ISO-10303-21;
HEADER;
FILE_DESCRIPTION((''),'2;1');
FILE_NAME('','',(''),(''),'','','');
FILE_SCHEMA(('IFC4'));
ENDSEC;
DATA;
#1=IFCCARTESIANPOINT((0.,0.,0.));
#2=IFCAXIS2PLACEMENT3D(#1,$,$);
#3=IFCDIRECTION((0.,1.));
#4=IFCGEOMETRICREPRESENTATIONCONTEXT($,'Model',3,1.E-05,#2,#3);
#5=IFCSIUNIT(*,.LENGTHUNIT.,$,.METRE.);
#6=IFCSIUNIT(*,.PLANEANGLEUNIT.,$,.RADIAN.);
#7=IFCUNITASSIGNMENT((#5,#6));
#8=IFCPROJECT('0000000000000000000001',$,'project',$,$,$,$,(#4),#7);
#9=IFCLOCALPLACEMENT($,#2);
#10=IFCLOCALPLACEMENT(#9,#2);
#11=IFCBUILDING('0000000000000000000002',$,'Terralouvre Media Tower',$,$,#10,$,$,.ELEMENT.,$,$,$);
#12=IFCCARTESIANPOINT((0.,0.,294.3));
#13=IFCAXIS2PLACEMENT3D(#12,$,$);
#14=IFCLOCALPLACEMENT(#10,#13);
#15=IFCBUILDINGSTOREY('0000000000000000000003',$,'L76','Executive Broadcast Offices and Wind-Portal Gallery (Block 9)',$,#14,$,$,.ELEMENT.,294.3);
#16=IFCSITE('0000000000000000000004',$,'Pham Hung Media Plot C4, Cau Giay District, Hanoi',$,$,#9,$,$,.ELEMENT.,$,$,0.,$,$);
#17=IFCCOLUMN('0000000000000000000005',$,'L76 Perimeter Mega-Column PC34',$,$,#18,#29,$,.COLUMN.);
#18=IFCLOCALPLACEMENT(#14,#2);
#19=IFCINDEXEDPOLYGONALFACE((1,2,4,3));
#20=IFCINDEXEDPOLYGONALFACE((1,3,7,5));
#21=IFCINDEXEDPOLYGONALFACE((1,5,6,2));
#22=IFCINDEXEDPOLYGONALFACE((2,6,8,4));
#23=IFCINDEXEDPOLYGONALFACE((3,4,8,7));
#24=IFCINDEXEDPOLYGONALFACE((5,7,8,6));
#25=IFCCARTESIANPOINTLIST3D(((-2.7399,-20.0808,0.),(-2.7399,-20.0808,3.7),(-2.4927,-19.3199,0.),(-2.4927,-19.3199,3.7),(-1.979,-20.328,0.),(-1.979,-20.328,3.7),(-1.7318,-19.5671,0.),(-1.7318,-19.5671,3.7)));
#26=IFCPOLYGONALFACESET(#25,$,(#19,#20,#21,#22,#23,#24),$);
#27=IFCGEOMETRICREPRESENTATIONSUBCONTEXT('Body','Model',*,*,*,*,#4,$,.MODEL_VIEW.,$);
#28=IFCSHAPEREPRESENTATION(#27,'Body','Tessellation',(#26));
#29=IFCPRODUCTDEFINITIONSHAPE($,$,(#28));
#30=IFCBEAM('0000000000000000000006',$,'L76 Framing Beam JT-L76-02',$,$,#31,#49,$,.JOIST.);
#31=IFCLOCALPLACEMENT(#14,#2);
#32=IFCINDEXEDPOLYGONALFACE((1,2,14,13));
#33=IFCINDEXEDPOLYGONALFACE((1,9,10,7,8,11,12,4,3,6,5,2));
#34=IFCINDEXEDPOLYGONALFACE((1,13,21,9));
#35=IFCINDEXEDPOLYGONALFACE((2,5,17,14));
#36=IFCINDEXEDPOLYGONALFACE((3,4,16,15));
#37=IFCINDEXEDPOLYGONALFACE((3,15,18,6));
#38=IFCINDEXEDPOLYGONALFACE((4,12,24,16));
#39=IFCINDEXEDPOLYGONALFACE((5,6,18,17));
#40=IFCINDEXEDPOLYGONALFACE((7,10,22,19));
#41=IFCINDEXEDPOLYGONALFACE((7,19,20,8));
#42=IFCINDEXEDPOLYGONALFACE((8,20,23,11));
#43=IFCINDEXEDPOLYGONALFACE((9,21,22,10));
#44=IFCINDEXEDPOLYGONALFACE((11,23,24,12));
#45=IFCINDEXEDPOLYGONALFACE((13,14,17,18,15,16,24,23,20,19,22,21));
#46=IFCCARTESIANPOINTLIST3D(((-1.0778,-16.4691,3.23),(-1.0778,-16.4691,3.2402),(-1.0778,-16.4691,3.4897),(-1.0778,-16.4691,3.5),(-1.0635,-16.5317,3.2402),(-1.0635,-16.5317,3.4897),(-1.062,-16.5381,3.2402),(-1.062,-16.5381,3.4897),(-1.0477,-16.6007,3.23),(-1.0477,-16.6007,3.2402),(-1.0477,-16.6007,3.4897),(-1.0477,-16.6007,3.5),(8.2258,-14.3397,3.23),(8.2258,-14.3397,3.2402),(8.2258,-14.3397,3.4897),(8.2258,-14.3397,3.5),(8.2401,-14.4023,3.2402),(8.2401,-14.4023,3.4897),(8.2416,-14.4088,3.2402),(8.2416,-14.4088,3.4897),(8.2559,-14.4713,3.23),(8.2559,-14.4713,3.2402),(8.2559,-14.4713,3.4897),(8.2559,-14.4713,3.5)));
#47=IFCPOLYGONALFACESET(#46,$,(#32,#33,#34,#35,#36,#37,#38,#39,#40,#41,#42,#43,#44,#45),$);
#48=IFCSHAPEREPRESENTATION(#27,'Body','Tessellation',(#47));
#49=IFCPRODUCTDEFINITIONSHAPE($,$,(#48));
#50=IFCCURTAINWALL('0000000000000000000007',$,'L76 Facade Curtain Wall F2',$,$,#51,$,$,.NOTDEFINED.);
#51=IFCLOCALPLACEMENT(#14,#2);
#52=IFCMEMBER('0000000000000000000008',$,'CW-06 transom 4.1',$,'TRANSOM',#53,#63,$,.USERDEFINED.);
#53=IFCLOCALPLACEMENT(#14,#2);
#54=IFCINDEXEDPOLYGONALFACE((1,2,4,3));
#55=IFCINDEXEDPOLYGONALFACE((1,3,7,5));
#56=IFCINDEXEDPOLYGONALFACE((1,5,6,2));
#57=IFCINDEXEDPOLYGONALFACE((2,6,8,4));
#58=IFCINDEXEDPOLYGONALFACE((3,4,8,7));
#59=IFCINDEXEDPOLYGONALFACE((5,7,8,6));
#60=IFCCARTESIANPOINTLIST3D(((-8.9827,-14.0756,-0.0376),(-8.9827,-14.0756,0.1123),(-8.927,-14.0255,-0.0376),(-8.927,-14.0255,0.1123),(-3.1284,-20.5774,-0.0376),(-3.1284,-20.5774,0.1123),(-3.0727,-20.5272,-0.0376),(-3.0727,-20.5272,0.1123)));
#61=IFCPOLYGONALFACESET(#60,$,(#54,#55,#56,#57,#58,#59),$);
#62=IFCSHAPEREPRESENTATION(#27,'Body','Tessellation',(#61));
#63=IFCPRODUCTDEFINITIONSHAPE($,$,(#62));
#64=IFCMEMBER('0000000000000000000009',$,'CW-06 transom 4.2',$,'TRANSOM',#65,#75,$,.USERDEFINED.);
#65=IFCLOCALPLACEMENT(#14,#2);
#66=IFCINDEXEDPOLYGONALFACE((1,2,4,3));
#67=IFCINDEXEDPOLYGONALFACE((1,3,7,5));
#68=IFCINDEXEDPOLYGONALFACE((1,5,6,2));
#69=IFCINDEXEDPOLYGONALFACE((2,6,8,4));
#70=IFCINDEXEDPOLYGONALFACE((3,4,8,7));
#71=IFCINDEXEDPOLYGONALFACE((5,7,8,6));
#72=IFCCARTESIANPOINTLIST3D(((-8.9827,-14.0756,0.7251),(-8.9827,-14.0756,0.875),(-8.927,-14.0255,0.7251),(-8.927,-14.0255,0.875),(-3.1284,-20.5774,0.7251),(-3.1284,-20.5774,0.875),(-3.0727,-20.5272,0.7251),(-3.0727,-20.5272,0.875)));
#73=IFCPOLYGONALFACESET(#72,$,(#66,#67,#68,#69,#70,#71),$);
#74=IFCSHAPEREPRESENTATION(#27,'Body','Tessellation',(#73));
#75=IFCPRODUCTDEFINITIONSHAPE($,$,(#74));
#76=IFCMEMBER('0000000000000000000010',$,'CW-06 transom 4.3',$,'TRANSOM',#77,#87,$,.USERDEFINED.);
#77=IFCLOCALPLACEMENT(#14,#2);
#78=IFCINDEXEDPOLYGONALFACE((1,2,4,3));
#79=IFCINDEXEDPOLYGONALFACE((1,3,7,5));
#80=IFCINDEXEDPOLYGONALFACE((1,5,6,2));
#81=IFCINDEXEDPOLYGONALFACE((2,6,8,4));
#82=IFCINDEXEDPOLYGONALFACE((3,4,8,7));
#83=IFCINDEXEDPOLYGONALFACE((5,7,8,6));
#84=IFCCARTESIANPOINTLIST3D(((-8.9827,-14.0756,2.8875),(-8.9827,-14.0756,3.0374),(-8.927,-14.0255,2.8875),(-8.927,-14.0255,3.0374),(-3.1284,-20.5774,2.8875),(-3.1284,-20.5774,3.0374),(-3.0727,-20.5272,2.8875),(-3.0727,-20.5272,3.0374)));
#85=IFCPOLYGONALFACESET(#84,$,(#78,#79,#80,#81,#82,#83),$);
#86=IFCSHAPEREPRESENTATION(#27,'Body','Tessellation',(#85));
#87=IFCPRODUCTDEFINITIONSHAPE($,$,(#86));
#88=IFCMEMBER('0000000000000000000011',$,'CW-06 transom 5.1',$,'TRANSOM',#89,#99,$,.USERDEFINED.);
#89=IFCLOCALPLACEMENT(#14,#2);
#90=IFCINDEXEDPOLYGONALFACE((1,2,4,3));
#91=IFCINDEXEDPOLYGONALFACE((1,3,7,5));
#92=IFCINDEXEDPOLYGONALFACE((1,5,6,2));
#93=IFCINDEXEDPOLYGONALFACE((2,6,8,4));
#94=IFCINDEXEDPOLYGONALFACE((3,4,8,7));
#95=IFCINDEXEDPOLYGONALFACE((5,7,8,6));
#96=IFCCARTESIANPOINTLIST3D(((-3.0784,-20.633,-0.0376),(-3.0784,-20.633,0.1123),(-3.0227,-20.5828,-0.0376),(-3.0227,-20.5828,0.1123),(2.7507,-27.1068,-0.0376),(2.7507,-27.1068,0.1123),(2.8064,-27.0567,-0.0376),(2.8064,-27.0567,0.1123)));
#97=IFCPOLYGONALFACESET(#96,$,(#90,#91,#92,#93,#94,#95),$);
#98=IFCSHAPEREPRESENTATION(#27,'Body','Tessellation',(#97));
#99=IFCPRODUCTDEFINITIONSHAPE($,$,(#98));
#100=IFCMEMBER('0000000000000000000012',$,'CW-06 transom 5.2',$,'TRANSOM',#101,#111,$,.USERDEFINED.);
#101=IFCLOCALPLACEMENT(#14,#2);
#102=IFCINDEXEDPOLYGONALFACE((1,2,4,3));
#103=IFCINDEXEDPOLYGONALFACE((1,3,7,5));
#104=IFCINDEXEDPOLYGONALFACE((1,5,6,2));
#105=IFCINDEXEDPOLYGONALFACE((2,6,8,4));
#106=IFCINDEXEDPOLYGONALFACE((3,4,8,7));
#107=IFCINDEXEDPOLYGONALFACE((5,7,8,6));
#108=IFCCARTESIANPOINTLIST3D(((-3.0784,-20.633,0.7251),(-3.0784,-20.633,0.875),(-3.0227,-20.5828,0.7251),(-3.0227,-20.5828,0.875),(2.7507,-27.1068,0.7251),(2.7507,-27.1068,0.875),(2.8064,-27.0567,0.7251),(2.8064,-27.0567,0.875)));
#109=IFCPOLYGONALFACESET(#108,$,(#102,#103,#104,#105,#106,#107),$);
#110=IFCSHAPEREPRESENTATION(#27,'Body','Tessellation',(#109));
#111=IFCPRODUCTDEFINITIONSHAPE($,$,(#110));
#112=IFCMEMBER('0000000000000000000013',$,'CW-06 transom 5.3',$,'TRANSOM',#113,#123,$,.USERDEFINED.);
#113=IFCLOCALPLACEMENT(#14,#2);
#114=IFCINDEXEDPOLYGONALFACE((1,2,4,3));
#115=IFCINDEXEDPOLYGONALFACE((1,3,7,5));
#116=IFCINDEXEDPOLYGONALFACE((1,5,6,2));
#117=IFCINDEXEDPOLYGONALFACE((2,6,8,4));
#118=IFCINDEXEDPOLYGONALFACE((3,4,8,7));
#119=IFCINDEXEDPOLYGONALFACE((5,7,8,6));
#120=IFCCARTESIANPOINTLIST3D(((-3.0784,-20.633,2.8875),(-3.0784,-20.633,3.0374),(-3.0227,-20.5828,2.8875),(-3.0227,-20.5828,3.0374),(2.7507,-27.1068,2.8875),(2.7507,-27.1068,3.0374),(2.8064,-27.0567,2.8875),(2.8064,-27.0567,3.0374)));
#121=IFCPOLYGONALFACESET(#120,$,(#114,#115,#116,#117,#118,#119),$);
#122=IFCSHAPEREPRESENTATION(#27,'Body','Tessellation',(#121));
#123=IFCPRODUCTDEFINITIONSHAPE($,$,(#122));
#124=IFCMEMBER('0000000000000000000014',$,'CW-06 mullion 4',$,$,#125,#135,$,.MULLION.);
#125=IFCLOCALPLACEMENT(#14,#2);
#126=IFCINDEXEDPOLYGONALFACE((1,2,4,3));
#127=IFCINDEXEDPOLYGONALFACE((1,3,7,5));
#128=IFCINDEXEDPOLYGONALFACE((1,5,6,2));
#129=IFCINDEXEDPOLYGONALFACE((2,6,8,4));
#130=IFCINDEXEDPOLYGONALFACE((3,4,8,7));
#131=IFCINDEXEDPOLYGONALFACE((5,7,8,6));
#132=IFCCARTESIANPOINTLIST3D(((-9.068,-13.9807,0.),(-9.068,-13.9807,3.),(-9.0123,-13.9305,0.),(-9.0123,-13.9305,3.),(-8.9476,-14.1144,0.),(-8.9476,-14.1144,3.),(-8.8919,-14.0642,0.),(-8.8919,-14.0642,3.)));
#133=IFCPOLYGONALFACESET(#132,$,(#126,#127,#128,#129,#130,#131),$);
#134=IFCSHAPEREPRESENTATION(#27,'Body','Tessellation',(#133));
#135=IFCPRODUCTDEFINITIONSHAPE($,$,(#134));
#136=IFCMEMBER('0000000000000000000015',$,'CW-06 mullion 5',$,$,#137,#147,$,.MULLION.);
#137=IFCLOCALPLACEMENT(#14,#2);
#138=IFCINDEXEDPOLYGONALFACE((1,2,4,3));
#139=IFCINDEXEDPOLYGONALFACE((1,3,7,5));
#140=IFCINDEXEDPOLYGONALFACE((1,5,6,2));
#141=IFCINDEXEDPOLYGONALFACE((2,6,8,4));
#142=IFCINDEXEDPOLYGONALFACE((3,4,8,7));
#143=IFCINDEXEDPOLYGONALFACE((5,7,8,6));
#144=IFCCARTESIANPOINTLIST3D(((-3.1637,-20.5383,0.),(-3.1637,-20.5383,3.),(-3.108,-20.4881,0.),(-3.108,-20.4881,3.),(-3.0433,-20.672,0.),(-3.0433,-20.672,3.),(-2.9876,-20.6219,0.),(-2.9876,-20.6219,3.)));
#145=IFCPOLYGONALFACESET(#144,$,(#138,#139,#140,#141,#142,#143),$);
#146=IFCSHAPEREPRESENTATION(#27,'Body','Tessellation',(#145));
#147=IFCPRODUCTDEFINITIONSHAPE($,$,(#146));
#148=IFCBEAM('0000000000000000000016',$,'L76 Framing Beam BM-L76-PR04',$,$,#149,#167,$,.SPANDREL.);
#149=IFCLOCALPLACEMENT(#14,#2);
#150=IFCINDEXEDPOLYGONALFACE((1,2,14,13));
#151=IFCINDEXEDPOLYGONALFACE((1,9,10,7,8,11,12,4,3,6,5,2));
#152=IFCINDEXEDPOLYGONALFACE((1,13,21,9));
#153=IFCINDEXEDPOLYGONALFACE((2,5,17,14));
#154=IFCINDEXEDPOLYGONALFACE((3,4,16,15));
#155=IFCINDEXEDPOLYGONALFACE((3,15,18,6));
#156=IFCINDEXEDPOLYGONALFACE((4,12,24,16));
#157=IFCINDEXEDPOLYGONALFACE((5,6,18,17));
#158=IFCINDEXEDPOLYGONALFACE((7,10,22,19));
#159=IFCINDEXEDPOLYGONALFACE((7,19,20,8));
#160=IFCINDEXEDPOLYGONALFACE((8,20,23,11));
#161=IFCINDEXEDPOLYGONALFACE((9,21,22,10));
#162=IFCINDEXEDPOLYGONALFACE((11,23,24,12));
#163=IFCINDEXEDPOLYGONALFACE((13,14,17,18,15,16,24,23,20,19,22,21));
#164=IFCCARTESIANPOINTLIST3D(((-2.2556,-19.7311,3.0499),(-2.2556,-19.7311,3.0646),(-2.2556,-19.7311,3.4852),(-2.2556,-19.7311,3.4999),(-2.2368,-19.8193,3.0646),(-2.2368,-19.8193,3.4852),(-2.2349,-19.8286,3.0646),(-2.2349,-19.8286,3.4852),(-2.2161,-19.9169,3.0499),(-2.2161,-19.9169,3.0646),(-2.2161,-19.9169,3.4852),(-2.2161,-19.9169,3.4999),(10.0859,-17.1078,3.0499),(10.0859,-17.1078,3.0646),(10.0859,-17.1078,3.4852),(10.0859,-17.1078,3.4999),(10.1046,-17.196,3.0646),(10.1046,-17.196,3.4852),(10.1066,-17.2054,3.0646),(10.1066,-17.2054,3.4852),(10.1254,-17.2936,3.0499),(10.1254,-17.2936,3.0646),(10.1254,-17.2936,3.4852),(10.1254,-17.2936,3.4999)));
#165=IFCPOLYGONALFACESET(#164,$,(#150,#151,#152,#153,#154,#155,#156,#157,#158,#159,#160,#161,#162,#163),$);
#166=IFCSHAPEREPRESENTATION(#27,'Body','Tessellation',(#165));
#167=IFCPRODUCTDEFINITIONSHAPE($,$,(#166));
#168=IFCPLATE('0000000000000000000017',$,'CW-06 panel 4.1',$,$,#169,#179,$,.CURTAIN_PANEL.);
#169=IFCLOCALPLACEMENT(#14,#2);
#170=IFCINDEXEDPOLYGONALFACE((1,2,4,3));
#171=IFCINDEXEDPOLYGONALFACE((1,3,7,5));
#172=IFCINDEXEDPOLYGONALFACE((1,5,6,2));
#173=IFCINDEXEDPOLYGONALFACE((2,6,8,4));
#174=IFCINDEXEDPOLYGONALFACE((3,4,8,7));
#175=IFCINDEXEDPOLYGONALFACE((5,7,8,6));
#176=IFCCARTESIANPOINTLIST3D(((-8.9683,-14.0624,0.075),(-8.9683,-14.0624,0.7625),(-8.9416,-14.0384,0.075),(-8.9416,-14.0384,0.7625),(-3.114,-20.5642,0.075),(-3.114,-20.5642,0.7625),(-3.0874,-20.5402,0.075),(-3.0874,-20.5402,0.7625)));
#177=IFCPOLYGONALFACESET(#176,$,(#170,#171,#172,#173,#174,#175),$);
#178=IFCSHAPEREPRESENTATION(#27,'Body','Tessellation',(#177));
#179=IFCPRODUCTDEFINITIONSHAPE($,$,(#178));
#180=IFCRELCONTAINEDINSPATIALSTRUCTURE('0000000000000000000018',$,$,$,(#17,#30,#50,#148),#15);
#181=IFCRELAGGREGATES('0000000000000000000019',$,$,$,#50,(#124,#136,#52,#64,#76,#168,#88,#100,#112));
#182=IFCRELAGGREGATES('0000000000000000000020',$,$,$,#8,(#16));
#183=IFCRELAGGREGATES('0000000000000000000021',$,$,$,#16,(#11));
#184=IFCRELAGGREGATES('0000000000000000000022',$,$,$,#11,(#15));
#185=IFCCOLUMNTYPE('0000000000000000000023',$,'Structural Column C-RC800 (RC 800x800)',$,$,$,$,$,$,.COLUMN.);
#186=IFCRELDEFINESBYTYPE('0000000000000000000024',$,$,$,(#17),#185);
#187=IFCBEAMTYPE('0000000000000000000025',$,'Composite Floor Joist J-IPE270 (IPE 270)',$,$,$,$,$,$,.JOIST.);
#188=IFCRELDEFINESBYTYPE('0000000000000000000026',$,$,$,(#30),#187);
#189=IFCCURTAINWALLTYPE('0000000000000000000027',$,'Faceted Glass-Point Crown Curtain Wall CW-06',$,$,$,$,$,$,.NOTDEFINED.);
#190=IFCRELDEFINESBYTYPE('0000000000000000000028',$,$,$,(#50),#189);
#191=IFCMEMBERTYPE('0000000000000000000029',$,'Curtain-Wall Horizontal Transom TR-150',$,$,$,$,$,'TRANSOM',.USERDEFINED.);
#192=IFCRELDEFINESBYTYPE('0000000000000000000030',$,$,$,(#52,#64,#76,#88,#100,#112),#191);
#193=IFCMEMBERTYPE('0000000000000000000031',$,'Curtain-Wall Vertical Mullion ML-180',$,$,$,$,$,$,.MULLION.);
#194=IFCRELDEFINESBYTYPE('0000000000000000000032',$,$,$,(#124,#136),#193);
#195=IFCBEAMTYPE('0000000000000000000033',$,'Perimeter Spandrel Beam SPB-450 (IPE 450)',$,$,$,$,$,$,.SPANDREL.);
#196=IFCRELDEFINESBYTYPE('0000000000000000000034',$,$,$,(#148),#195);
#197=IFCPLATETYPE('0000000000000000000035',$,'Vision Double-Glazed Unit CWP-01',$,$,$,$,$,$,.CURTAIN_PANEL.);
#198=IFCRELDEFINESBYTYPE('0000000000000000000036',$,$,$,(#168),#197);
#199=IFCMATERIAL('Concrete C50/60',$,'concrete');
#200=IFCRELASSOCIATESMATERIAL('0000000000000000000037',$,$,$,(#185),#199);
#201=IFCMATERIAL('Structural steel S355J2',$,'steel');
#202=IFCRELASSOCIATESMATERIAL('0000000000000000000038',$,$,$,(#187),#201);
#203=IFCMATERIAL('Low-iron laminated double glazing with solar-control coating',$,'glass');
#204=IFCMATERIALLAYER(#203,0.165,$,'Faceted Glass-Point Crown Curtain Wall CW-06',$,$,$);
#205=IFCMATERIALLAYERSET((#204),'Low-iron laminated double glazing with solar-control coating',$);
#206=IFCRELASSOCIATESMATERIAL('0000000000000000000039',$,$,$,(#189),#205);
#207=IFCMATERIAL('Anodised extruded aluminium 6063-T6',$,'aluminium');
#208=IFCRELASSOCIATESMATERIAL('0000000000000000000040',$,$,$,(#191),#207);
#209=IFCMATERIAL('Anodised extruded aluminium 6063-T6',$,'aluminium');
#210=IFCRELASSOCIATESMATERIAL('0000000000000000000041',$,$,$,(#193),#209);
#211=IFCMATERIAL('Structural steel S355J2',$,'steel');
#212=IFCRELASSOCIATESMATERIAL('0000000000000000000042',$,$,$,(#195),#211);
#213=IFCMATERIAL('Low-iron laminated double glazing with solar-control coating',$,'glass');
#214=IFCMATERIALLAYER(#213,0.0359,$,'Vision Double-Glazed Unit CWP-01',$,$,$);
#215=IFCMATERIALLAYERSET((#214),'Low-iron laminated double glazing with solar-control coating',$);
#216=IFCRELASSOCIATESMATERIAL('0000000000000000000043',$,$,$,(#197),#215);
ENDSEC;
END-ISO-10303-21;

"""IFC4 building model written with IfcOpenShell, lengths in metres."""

from ifc_helpers import new_model, si_unit, direction, frame, origin, origin_2d, place, context, subcontext, project, spatial, rectangle, i_section, extrude, material, layer, layer_set, material_profile, profile_set, type_object, element, aggregate, save


model = new_model("IFC4")

# Units and contexts
model_context = context("Model", 3, precision=1e-05, world=origin(), true_north=direction((0.0, 1.0)))
body_context = subcontext(model_context, "Body", "Model", "MODEL_VIEW")
ifc_project = project(units=[si_unit("LENGTHUNIT", "METRE"), si_unit("PLANEANGLEUNIT", "RADIAN")], contexts=[model_context])

# Site, building, storey
site_placement = place(None, origin())
site = spatial("IfcSite", under=ifc_project, at=site_placement, Name="Pham Hung Media Plot C4, Cau Giay District, Hanoi", CompositionType="ELEMENT", RefElevation=0.0)
building_placement = place(site_placement, origin())
building = spatial("IfcBuilding", under=site, at=building_placement, Name="Terralouvre Media Tower", CompositionType="ELEMENT")
storey_placement = place(building_placement, frame((0.0, 0.0, 294.3)))
storey = spatial("IfcBuildingStorey", under=building, at=storey_placement, Name="L76", Description="Executive Broadcast Offices and Wind-Portal Gallery (Block 9)", CompositionType="ELEMENT", Elevation=294.3)

# Column
ifc_material_1 = material(Name="Concrete C50/60", Category="concrete")
ifc_material_profile_1 = material_profile(ifc_material_1, rectangle(XDim=0.8, YDim=0.8, at=origin_2d()), Name="RC 800x800")
ifc_profile_set_1 = profile_set([ifc_material_profile_1], Name="Concrete C50/60")
column_type = type_object("IfcColumnType", Name="Structural Column C-RC800 (RC 800x800)", PredefinedType="COLUMN", material=ifc_profile_set_1)
column_placement = place(storey_placement, frame((-2.2358, -19.824, 0.0), z_axis=(0.0, 0.0, 1.0), x_axis=(0.309017, 0.951057, 0.0)))
element("IfcColumn", 1, at=column_placement, inside=storey, type_object=column_type, Name="L76 Perimeter Mega-Column PC34", PredefinedType="COLUMN", context=body_context, shape_type="SweptSolid", body=[
    extrude(rectangle(XDim=0.8, YDim=0.8, at=origin_2d()), origin(), (0.0, 0.0, 1.0), 3.7),
])

# Beam
ifc_material_2 = material(Name="Structural steel S355J2", Category="steel")
ifc_material_profile_2 = material_profile(ifc_material_2, i_section(OverallWidth=0.135, OverallDepth=0.27, WebThickness=0.0066, FlangeThickness=0.0103, at=origin_2d()), Name="IPE 270")
ifc_profile_set_2 = profile_set([ifc_material_profile_2], Name="Structural steel S355J2")
beam_type_1 = type_object("IfcBeamType", Name="Composite Floor Joist J-IPE270 (IPE 270)", PredefinedType="JOIST", material=ifc_profile_set_2)
beam_1_placement = place(storey_placement, frame((-1.0627, -16.5349, 3.365), z_axis=(0.974794, 0.223107, 0.0), x_axis=(-0.223107, 0.974794, 0.0)))
element("IfcBeam", 2, at=beam_1_placement, inside=storey, type_object=beam_type_1, Name="L76 Framing Beam JT-L76-02", PredefinedType="JOIST", context=body_context, shape_type="SweptSolid", body=[
    extrude(i_section(OverallWidth=0.135, OverallDepth=0.27, WebThickness=0.0066, FlangeThickness=0.0103, at=origin_2d()), origin(), (0.0, 0.0, 1.0), 9.5442),
])

# Curtain wall, members
ifc_material_3 = material(Name="Low-iron laminated double glazing with solar-control coating", Category="glass")
ifc_layer_1 = layer(ifc_material_3, 0.165, Name="Faceted Glass-Point Crown Curtain Wall CW-06")
ifc_layer_set_1 = layer_set([ifc_layer_1], Name="Low-iron laminated double glazing with solar-control coating")
curtain_wall_type = type_object("IfcCurtainWallType", Name="Faceted Glass-Point Crown Curtain Wall CW-06", PredefinedType="NOTDEFINED", material=ifc_layer_set_1)
curtain_wall_placement = place(storey_placement, origin())
curtain_wall = element("IfcCurtainWall", 3, at=curtain_wall_placement, inside=storey, type_object=curtain_wall_type, Name="L76 Facade Curtain Wall F2", PredefinedType="NOTDEFINED")
ifc_material_4 = material(Name="Anodised extruded aluminium 6063-T6", Category="aluminium")
ifc_material_profile_3 = material_profile(ifc_material_4, rectangle(XDim=0.075, YDim=0.1499, at=origin_2d()), Name="ALU 75x150")
ifc_profile_set_3 = profile_set([ifc_material_profile_3], Name="Anodised extruded aluminium 6063-T6")
member_type_1 = type_object("IfcMemberType", Name="Curtain-Wall Horizontal Transom TR-150", ElementType="TRANSOM", PredefinedType="USERDEFINED", material=ifc_profile_set_3)
member_1_placement = place(storey_placement, frame((-8.9548, -14.0505, 0.0374), z_axis=(0.669136, -0.74314, 0.0), x_axis=(0.74314, 0.669136, 0.0)))
member_1 = element("IfcMember", 4, at=member_1_placement, type_object=member_type_1, Name="CW-06 transom 4.1", ObjectType="TRANSOM", PredefinedType="USERDEFINED", context=body_context, shape_type="SweptSolid", body=[
    extrude(rectangle(XDim=0.075, YDim=0.1499, at=origin_2d()), origin(), (0.0, 0.0, 1.0), 8.749),
])
member_2_placement = place(storey_placement, frame((-8.9548, -14.0505, 0.8), z_axis=(0.669136, -0.74314, 0.0), x_axis=(0.74314, 0.669136, 0.0)))
member_2 = element("IfcMember", 5, at=member_2_placement, type_object=member_type_1, Name="CW-06 transom 4.2", ObjectType="TRANSOM", PredefinedType="USERDEFINED", context=body_context, shape_type="SweptSolid", body=[
    extrude(rectangle(XDim=0.075, YDim=0.1499, at=origin_2d()), origin(), (0.0, 0.0, 1.0), 8.749),
])
member_3_placement = place(storey_placement, frame((-8.9548, -14.0505, 2.9624), z_axis=(0.669136, -0.74314, 0.0), x_axis=(0.74314, 0.669136, 0.0)))
member_3 = element("IfcMember", 6, at=member_3_placement, type_object=member_type_1, Name="CW-06 transom 4.3", ObjectType="TRANSOM", PredefinedType="USERDEFINED", context=body_context, shape_type="SweptSolid", body=[
    extrude(rectangle(XDim=0.075, YDim=0.1499, at=origin_2d()), origin(), (0.0, 0.0, 1.0), 8.749),
])
member_4_placement = place(storey_placement, frame((-3.0505, -20.6079, 0.0374), z_axis=(0.66913, -0.743145, 0.0), x_axis=(0.743145, 0.66913, 0.0)))
member_4 = element("IfcMember", 7, at=member_4_placement, type_object=member_type_1, Name="CW-06 transom 5.1", ObjectType="TRANSOM", PredefinedType="USERDEFINED", context=body_context, shape_type="SweptSolid", body=[
    extrude(rectangle(XDim=0.075, YDim=0.1499, at=origin_2d()), origin(), (0.0, 0.0, 1.0), 8.7114),
])
member_5_placement = place(storey_placement, frame((-3.0505, -20.6079, 0.8), z_axis=(0.66913, -0.743145, 0.0), x_axis=(0.743145, 0.66913, 0.0)))
member_5 = element("IfcMember", 8, at=member_5_placement, type_object=member_type_1, Name="CW-06 transom 5.2", ObjectType="TRANSOM", PredefinedType="USERDEFINED", context=body_context, shape_type="SweptSolid", body=[
    extrude(rectangle(XDim=0.075, YDim=0.1499, at=origin_2d()), origin(), (0.0, 0.0, 1.0), 8.7114),
])
member_6_placement = place(storey_placement, frame((-3.0505, -20.6079, 2.9624), z_axis=(0.66913, -0.743145, 0.0), x_axis=(0.743145, 0.66913, 0.0)))
member_6 = element("IfcMember", 9, at=member_6_placement, type_object=member_type_1, Name="CW-06 transom 5.3", ObjectType="TRANSOM", PredefinedType="USERDEFINED", context=body_context, shape_type="SweptSolid", body=[
    extrude(rectangle(XDim=0.075, YDim=0.1499, at=origin_2d()), origin(), (0.0, 0.0, 1.0), 8.7114),
])
ifc_material_5 = material(Name="Anodised extruded aluminium 6063-T6", Category="aluminium")
ifc_material_profile_4 = material_profile(ifc_material_5, rectangle(XDim=0.075, YDim=0.1799, at=origin_2d()), Name="ALU 75x180")
ifc_profile_set_4 = profile_set([ifc_material_profile_4], Name="Anodised extruded aluminium 6063-T6")
member_type_2 = type_object("IfcMemberType", Name="Curtain-Wall Vertical Mullion ML-180", PredefinedType="MULLION", material=ifc_profile_set_4)
member_7_placement = place(storey_placement, frame((-8.98, -14.0225, 0.0), z_axis=(0.0, 0.0, 1.0), x_axis=(0.743145, 0.669131, 0.0)))
member_7 = element("IfcMember", 10, at=member_7_placement, type_object=member_type_2, Name="CW-06 mullion 4", PredefinedType="MULLION", context=body_context, shape_type="SweptSolid", body=[
    extrude(rectangle(XDim=0.075, YDim=0.1799, at=origin_2d()), origin(), (0.0, 0.0, 1.0), 3.0),
])
member_8_placement = place(storey_placement, frame((-3.0757, -20.5801, 0.0), z_axis=(0.0, 0.0, 1.0), x_axis=(0.743145, 0.669131, 0.0)))
member_8 = element("IfcMember", 11, at=member_8_placement, type_object=member_type_2, Name="CW-06 mullion 5", PredefinedType="MULLION", context=body_context, shape_type="SweptSolid", body=[
    extrude(rectangle(XDim=0.075, YDim=0.1799, at=origin_2d()), origin(), (0.0, 0.0, 1.0), 3.0),
])

# Beam
ifc_material_6 = material(Name="Structural steel S355J2", Category="steel")
ifc_material_profile_5 = material_profile(ifc_material_6, i_section(OverallWidth=0.1899, OverallDepth=0.45, WebThickness=0.0095, FlangeThickness=0.0146, at=origin_2d()), Name="IPE 450")
ifc_profile_set_5 = profile_set([ifc_material_profile_5], Name="Structural steel S355J2")
beam_type_2 = type_object("IfcBeamType", Name="Perimeter Spandrel Beam SPB-450 (IPE 450)", PredefinedType="SPANDREL", material=ifc_profile_set_5)
beam_2_placement = place(storey_placement, frame((-2.2358, -19.824, 3.2749), z_axis=(0.978147, 0.207913, 0.0), x_axis=(-0.207913, 0.978147, 0.0)))
element("IfcBeam", 12, at=beam_2_placement, inside=storey, type_object=beam_type_2, Name="L76 Framing Beam BM-L76-PR04", PredefinedType="SPANDREL", context=body_context, shape_type="SweptSolid", body=[
    extrude(i_section(OverallWidth=0.1899, OverallDepth=0.45, WebThickness=0.0095, FlangeThickness=0.0146, at=origin_2d()), origin(), (0.0, 0.0, 1.0), 12.6172),
])

# Plate
ifc_material_7 = material(Name="Low-iron laminated double glazing with solar-control coating", Category="glass")
ifc_layer_2 = layer(ifc_material_7, 0.0359, Name="Vision Double-Glazed Unit CWP-01")
ifc_layer_set_2 = layer_set([ifc_layer_2], Name="Low-iron laminated double glazing with solar-control coating")
plate_type = type_object("IfcPlateType", Name="Vision Double-Glazed Unit CWP-01", PredefinedType="CURTAIN_PANEL", material=ifc_layer_set_2)
plate_1_placement = place(storey_placement, frame((-6.0278, -17.3013, 0.075), z_axis=(0.0, 0.0, 1.0), x_axis=(0.669131, -0.743145, 0.0)))
plate_1 = element("IfcPlate", 13, at=plate_1_placement, type_object=plate_type, Name="CW-06 panel 4.1", PredefinedType="CURTAIN_PANEL", context=body_context, shape_type="SweptSolid", body=[
    extrude(rectangle(XDim=8.749, YDim=0.0359, at=origin_2d()), origin(), (0.0, 0.0, 1.0), 0.6875),
])
aggregate(curtain_wall, [member_7, member_8, member_1, member_2, member_3, plate_1, member_4, member_5, member_6])

save(model, "model.ifc")
